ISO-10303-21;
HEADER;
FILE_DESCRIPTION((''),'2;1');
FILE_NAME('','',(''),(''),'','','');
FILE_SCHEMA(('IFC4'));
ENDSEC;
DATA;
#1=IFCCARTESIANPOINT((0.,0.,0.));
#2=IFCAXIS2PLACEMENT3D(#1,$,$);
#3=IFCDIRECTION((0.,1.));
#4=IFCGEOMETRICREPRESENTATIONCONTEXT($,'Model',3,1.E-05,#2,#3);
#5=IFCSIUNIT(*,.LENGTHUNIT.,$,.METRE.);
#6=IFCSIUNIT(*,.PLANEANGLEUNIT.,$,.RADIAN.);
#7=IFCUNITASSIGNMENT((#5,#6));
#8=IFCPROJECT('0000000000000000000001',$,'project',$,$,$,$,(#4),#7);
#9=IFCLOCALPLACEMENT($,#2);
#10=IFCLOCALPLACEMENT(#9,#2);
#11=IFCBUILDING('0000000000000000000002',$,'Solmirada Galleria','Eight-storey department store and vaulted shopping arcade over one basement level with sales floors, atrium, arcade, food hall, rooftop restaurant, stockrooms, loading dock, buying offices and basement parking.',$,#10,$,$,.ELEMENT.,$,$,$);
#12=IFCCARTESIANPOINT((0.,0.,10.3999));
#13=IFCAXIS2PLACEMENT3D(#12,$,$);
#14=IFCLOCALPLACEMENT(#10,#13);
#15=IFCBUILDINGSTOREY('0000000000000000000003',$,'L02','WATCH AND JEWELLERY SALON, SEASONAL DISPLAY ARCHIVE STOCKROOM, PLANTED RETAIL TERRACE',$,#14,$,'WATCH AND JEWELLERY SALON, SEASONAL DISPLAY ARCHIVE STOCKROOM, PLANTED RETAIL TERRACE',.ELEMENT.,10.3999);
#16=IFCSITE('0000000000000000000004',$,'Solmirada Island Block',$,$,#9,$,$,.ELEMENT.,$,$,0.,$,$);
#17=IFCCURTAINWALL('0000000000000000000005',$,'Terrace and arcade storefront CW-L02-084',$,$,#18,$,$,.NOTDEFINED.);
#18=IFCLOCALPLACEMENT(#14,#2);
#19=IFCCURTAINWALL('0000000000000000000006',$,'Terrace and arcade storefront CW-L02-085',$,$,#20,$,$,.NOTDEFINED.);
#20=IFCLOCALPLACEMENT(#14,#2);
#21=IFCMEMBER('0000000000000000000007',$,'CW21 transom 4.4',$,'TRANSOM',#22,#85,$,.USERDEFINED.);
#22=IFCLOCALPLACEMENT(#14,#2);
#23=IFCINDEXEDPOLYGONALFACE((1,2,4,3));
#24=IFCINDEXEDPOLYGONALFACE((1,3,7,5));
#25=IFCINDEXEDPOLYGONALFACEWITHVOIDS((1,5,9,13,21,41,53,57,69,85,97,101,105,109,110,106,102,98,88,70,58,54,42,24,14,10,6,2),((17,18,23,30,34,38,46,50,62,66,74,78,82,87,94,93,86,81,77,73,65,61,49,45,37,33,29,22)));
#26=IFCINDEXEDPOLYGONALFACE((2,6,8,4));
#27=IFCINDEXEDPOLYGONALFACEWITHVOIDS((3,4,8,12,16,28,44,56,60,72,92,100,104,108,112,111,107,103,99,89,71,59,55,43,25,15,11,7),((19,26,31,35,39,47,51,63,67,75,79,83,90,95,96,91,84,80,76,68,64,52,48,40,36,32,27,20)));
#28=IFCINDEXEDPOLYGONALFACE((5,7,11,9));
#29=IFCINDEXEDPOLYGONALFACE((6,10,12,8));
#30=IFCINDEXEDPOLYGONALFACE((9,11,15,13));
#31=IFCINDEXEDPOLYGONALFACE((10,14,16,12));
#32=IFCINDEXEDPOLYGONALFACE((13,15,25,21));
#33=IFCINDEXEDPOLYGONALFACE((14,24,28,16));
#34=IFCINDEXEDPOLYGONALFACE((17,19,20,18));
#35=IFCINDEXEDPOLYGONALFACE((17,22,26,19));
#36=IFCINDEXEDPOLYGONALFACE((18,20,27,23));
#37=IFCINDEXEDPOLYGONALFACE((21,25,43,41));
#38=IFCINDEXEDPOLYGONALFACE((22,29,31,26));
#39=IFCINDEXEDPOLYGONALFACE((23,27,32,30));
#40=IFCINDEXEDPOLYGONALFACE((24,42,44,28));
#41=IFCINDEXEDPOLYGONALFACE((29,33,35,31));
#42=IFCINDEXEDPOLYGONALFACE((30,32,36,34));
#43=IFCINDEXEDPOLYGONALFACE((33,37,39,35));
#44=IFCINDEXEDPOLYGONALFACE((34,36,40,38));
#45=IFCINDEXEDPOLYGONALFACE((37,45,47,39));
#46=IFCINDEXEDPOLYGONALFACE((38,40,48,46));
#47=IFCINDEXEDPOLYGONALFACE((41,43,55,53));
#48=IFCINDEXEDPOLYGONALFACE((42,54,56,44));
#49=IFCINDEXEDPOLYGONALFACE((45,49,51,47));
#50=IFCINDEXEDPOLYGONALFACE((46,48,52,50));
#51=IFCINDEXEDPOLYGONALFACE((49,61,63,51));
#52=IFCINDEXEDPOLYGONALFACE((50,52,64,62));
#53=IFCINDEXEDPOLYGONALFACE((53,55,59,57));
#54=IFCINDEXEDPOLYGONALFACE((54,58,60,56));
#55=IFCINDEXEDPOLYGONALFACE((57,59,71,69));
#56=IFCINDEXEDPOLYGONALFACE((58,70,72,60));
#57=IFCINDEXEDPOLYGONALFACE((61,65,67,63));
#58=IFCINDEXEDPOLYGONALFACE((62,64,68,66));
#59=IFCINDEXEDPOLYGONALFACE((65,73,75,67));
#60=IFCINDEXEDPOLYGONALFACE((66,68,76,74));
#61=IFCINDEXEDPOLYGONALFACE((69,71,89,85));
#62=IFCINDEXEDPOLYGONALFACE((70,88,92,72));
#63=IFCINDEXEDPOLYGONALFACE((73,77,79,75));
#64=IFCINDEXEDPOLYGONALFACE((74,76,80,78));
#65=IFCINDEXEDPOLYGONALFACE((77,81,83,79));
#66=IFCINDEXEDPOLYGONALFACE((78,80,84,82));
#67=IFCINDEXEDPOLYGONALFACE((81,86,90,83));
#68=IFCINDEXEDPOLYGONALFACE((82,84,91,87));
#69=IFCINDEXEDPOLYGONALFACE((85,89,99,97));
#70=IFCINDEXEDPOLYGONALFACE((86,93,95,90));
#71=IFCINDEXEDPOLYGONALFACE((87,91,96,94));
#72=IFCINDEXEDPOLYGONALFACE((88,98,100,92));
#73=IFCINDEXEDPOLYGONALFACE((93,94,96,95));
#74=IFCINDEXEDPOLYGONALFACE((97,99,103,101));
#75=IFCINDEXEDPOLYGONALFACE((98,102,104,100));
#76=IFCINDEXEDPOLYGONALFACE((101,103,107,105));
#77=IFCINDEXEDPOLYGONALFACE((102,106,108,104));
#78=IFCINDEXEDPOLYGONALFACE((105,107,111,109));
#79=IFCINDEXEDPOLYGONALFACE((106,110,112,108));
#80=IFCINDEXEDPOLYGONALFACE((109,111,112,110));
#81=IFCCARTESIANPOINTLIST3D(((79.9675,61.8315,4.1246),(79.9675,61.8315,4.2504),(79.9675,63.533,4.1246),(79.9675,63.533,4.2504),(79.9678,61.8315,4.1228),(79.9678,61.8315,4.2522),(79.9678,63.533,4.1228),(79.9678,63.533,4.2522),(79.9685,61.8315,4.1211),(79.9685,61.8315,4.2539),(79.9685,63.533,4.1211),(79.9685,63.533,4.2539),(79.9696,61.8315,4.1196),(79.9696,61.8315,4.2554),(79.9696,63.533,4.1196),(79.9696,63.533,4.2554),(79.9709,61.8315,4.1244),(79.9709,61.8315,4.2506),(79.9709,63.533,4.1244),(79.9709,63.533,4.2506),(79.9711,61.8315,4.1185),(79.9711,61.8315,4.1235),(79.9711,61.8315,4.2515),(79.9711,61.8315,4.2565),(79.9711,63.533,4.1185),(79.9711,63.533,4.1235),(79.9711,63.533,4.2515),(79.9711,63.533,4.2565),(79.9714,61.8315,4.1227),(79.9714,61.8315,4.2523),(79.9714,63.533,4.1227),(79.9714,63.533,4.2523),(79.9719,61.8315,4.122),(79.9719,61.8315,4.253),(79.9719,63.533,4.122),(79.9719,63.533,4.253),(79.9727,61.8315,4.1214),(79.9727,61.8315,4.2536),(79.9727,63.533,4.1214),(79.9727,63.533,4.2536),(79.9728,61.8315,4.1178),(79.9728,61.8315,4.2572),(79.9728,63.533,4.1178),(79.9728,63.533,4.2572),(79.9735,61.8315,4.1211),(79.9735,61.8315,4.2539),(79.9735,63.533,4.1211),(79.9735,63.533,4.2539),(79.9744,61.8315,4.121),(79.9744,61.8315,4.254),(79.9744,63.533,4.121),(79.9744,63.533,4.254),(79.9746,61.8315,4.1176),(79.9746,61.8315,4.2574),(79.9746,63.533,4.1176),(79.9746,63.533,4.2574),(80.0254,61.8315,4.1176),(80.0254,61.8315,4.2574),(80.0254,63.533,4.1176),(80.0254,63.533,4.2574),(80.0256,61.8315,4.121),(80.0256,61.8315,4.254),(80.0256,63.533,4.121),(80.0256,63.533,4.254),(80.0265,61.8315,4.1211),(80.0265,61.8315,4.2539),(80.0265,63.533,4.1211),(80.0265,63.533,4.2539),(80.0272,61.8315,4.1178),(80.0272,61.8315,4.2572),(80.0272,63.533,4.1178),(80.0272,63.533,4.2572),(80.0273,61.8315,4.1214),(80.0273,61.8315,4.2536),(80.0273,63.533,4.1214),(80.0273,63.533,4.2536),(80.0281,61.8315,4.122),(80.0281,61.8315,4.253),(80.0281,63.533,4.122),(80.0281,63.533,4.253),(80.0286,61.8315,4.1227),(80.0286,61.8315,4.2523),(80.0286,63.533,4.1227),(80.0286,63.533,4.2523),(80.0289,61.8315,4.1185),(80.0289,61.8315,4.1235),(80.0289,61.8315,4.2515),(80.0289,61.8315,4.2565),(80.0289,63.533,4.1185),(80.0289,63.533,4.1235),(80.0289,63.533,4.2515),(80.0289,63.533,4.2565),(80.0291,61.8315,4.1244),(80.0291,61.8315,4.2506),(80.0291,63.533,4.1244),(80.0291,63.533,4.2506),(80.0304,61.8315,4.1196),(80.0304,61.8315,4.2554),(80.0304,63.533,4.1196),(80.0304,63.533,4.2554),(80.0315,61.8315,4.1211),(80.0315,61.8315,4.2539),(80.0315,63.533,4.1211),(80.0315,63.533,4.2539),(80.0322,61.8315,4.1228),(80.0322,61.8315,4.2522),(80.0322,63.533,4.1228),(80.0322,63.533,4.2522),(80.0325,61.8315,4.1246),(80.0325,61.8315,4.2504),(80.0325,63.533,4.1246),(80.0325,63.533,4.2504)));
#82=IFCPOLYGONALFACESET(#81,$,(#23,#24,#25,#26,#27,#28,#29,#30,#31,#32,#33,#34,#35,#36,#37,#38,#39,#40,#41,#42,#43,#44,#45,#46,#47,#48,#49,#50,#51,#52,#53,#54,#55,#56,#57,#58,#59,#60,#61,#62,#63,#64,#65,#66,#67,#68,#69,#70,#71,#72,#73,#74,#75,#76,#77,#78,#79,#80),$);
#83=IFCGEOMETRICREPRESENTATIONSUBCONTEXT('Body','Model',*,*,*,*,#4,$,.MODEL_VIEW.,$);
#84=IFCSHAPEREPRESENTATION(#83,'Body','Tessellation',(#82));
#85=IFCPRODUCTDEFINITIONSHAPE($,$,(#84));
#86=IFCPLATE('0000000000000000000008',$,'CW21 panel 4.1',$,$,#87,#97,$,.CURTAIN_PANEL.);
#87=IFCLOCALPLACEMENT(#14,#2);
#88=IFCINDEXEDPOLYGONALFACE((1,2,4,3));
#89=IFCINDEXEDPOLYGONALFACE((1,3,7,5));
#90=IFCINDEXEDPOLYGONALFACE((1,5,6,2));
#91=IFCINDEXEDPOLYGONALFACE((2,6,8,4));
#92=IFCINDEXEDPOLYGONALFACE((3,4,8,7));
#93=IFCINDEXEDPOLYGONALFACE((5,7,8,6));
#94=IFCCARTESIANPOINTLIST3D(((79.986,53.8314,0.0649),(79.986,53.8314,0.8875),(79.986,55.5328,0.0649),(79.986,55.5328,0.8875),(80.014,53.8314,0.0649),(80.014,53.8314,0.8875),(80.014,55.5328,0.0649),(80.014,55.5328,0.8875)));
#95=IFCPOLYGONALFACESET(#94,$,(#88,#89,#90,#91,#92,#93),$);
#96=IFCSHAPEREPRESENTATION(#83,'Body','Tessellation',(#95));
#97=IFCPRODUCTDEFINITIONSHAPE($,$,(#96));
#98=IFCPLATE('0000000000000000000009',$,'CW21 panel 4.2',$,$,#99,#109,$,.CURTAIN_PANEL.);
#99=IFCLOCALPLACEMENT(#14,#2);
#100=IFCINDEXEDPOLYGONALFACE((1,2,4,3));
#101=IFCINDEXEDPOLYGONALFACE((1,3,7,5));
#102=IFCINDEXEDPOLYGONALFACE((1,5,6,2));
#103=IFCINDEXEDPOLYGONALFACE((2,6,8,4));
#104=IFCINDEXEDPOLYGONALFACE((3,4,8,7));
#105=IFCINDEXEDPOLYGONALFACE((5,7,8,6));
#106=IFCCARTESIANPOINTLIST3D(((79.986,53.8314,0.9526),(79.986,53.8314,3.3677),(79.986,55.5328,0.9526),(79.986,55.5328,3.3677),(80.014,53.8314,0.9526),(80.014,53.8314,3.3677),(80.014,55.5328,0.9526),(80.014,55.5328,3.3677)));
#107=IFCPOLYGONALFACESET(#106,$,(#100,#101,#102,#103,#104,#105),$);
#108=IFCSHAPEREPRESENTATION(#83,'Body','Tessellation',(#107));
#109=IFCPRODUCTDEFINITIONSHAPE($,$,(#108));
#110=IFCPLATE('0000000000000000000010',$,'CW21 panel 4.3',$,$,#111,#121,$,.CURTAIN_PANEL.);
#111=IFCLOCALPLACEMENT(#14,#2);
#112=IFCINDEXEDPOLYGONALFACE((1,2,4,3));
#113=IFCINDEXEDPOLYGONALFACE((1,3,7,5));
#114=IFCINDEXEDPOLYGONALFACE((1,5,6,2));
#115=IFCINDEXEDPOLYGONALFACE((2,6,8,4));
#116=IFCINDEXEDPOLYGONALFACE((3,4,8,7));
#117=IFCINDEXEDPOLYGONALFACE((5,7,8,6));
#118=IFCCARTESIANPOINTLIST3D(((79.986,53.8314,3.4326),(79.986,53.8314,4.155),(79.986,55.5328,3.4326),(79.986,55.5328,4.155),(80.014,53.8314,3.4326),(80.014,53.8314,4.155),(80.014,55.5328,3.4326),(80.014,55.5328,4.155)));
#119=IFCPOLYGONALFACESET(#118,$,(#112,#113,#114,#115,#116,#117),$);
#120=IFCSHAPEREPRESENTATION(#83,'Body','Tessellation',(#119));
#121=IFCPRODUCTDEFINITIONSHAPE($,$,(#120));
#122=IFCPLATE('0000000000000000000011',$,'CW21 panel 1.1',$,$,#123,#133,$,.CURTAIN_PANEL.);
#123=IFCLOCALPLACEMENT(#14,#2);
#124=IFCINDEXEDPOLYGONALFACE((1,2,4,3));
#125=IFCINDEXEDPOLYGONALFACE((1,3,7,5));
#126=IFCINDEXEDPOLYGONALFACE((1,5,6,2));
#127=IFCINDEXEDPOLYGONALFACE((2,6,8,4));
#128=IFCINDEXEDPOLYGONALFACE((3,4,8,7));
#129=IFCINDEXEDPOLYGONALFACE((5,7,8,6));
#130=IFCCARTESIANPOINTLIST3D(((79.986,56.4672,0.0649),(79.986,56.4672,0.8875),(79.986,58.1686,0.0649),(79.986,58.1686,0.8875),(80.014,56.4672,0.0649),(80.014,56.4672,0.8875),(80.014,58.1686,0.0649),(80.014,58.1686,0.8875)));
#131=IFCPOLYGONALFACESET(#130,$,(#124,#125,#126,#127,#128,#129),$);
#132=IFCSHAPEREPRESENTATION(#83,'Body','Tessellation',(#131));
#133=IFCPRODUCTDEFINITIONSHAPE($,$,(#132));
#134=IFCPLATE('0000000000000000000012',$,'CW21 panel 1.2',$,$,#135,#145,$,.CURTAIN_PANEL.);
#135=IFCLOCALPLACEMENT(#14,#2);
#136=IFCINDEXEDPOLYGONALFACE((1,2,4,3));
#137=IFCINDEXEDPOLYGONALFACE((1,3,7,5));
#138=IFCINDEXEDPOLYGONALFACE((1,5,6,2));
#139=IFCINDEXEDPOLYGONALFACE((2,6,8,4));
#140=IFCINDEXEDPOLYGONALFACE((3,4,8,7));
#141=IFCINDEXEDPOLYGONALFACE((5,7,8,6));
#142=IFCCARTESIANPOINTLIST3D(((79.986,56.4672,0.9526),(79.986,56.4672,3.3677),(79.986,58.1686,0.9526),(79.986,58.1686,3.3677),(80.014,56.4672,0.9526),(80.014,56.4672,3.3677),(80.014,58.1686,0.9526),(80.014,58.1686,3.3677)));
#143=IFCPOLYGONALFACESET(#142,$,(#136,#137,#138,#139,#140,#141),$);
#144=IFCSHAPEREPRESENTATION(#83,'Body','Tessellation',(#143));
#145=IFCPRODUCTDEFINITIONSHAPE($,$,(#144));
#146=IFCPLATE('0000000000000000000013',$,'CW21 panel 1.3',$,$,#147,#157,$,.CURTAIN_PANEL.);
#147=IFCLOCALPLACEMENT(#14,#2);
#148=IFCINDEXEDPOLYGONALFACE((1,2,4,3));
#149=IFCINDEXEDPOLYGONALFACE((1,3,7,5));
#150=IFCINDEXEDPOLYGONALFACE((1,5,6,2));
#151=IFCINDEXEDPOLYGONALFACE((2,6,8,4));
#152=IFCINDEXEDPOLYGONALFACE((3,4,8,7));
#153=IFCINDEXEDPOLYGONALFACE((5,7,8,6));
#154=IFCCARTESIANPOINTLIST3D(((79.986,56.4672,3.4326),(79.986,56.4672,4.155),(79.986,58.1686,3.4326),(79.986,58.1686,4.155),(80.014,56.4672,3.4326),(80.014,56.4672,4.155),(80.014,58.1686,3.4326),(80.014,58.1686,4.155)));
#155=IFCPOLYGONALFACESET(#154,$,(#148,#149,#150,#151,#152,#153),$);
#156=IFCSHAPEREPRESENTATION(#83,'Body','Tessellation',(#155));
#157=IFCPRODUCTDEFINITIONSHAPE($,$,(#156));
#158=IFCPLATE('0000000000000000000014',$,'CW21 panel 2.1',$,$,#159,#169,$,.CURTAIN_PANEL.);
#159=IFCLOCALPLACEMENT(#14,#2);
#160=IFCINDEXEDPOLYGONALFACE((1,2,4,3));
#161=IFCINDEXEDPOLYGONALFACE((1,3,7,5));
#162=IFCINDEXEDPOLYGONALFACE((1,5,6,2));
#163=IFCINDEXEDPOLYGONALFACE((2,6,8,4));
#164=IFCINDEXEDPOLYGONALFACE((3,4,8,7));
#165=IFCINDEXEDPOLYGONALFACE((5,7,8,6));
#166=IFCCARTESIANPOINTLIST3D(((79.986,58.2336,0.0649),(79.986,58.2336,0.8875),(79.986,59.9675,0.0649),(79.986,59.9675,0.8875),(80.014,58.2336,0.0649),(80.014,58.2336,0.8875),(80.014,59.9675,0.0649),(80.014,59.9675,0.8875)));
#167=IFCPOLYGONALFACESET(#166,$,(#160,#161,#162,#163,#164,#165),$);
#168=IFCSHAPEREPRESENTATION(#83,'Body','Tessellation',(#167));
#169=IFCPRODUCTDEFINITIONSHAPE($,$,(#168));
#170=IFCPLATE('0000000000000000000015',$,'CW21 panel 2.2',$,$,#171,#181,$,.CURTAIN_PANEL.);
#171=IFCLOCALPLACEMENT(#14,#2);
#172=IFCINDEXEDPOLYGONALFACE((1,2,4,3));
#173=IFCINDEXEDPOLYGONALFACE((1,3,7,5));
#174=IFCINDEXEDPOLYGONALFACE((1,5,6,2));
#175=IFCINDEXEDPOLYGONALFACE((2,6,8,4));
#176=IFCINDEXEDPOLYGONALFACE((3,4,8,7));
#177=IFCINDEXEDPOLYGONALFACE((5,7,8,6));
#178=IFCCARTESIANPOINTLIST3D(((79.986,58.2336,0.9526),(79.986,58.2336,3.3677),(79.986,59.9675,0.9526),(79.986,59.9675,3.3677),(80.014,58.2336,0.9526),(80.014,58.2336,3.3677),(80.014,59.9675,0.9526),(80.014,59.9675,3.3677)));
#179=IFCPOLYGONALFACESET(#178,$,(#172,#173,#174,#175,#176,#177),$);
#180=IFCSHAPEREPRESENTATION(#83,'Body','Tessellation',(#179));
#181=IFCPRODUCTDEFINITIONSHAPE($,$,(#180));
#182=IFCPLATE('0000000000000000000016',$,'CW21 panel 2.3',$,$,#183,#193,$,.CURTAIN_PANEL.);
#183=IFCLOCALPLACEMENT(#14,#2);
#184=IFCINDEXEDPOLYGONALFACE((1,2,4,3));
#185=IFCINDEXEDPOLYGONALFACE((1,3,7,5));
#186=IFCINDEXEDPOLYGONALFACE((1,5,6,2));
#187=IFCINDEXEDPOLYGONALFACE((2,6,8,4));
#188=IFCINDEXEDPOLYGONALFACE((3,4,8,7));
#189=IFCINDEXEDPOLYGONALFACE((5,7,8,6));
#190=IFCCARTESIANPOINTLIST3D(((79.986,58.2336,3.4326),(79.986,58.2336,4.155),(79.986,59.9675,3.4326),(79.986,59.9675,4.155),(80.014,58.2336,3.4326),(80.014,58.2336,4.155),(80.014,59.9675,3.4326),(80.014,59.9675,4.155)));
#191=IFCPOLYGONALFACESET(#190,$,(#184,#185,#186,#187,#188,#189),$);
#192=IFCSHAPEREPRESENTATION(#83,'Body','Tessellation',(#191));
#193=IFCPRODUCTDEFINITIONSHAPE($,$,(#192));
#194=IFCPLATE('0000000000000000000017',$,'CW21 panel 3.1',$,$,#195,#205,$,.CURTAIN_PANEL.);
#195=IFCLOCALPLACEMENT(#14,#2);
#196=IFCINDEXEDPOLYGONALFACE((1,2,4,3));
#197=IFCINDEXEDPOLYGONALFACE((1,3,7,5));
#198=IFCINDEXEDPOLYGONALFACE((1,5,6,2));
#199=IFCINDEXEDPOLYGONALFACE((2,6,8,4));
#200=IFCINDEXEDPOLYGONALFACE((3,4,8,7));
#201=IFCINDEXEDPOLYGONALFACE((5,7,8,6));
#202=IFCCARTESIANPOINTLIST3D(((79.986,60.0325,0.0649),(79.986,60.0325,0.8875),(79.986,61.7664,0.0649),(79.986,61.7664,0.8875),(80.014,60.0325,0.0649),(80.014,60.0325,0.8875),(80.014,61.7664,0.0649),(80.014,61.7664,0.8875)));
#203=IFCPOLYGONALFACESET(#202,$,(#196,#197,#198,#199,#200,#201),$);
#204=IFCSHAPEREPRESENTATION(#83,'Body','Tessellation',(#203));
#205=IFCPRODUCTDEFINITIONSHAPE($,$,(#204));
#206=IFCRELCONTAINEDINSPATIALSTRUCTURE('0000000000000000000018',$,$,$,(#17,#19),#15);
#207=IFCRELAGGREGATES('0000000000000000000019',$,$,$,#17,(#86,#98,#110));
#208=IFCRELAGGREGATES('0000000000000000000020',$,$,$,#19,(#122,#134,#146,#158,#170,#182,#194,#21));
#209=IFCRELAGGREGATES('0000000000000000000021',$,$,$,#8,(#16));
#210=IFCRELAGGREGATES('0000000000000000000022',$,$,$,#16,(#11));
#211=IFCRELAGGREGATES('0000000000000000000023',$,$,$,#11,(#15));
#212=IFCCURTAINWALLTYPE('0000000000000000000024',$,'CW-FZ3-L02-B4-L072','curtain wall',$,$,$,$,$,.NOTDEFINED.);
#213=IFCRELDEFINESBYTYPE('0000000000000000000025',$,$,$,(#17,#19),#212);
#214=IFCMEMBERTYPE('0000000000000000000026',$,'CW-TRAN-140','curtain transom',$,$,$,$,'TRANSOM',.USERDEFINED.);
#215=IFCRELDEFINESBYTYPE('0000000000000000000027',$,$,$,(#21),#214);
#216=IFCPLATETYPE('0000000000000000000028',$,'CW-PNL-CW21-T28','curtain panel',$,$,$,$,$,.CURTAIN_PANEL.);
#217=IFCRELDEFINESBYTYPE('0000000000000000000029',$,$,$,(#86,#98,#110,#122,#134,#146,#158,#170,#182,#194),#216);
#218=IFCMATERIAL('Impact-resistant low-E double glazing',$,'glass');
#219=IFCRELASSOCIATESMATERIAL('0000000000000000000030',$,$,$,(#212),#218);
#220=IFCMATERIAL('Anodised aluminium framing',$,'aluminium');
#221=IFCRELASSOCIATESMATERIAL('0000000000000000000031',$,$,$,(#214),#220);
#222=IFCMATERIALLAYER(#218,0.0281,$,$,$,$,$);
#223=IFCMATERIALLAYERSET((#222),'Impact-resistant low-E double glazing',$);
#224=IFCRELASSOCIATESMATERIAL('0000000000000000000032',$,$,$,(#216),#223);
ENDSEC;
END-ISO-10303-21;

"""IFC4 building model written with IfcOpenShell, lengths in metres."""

from ifc_helpers import new_model, si_unit, direction, frame, origin, origin_2d, place, context, subcontext, project, spatial, rectangle, hollow_rectangle, extrude, material, layer, layer_set, material_profile, profile_set, type_object, element, aggregate, save


model = new_model("IFC4")

# Units and contexts
model_context = context("Model", 3, precision=1e-05, world=origin(), true_north=direction((0.0, 1.0)))
body_context = subcontext(model_context, "Body", "Model", "MODEL_VIEW")
ifc_project = project(units=[si_unit("LENGTHUNIT", "METRE"), si_unit("PLANEANGLEUNIT", "RADIAN")], contexts=[model_context])

# Site, building, storey
site_placement = place(None, origin())
site = spatial("IfcSite", under=ifc_project, at=site_placement, Name="Solmirada Island Block", CompositionType="ELEMENT", RefElevation=0.0)
building_placement = place(site_placement, origin())
building = spatial("IfcBuilding", under=site, at=building_placement, Name="Solmirada Galleria", Description="Eight-storey department store and vaulted shopping arcade over one basement level with sales floors, atrium, arcade, food hall, rooftop restaurant, stockrooms, loading dock, buying offices and basement parking.", CompositionType="ELEMENT")
storey_placement = place(building_placement, frame((0.0, 0.0, 10.3999)))
storey = spatial("IfcBuildingStorey", under=building, at=storey_placement, Name="L02", Description="WATCH AND JEWELLERY SALON, SEASONAL DISPLAY ARCHIVE STOCKROOM, PLANTED RETAIL TERRACE", LongName="WATCH AND JEWELLERY SALON, SEASONAL DISPLAY ARCHIVE STOCKROOM, PLANTED RETAIL TERRACE", CompositionType="ELEMENT", Elevation=10.3999)

# Curtain wall
ifc_material_1 = material(Name="Impact-resistant low-E double glazing", Category="glass")
curtain_wall_type = type_object("IfcCurtainWallType", Name="CW-FZ3-L02-B4-L072", Description="curtain wall", PredefinedType="NOTDEFINED", material=ifc_material_1)
curtain_wall_1_placement = place(storey_placement, origin())
curtain_wall_1 = element("IfcCurtainWall", 1, at=curtain_wall_1_placement, inside=storey, type_object=curtain_wall_type, Name="Terrace and arcade storefront CW-L02-084", PredefinedType="NOTDEFINED")
ifc_material_2 = material(Name="Anodised aluminium framing", Category="aluminium")

# Curtain wall
curtain_wall_2_placement = place(storey_placement, origin())
curtain_wall_2 = element("IfcCurtainWall", 2, at=curtain_wall_2_placement, inside=storey, type_object=curtain_wall_type, Name="Terrace and arcade storefront CW-L02-085", PredefinedType="NOTDEFINED")

# Member
ifc_material_profile_1 = material_profile(ifc_material_2, hollow_rectangle(XDim=0.0649, YDim=0.1399, WallThickness=0.0034, InnerFilletRadius=0.0034, OuterFilletRadius=0.0071, at=origin_2d()), Name="ALU-TRAN-140X65")
ifc_profile_set_1 = profile_set([ifc_material_profile_1], Name="Anodised aluminium framing")
member_type_1 = type_object("IfcMemberType", Name="CW-TRAN-140", Description="curtain transom", ElementType="TRANSOM", PredefinedType="USERDEFINED", material=ifc_profile_set_1)
member_1_placement = place(storey_placement, frame((80.0, 61.8315, 4.1875), z_axis=(0.0, 1.0, 0.0), x_axis=(-1.0, 0.0, 0.0)))
member_1 = element("IfcMember", 3, at=member_1_placement, type_object=member_type_1, Name="CW21 transom 4.4", ObjectType="TRANSOM", PredefinedType="USERDEFINED", context=body_context, shape_type="SweptSolid", body=[
    extrude(hollow_rectangle(XDim=0.0649, YDim=0.1399, WallThickness=0.0034, InnerFilletRadius=0.0034, OuterFilletRadius=0.0071, at=origin_2d()), origin(), (0.0, 0.0, 1.0), 1.7014),
])

# Plates
ifc_layer = layer(ifc_material_1, 0.0281)
ifc_layer_set = layer_set([ifc_layer], Name="Impact-resistant low-E double glazing")
plate_type = type_object("IfcPlateType", Name="CW-PNL-CW21-T28", Description="curtain panel", PredefinedType="CURTAIN_PANEL", material=ifc_layer_set)
plate_1_placement = place(storey_placement, frame((80.0, 54.6821, 0.0649), z_axis=(0.0, 0.0, 1.0), x_axis=(0.0, 1.0, 0.0)))
plate_1 = element("IfcPlate", 4, at=plate_1_placement, type_object=plate_type, Name="CW21 panel 4.1", PredefinedType="CURTAIN_PANEL", context=body_context, shape_type="SweptSolid", body=[
    extrude(rectangle(XDim=1.7014, YDim=0.0281, at=origin_2d()), origin(), (0.0, 0.0, 1.0), 0.8225),
])
plate_2_placement = place(storey_placement, frame((80.0, 54.6821, 0.9526), z_axis=(0.0, 0.0, 1.0), x_axis=(0.0, 1.0, 0.0)))
plate_2 = element("IfcPlate", 5, at=plate_2_placement, type_object=plate_type, Name="CW21 panel 4.2", PredefinedType="CURTAIN_PANEL", context=body_context, shape_type="SweptSolid", body=[
    extrude(rectangle(XDim=1.7014, YDim=0.0281, at=origin_2d()), origin(), (0.0, 0.0, 1.0), 2.415),
])
plate_3_placement = place(storey_placement, frame((80.0, 54.6821, 3.4326), z_axis=(0.0, 0.0, 1.0), x_axis=(0.0, 1.0, 0.0)))
plate_3 = element("IfcPlate", 6, at=plate_3_placement, type_object=plate_type, Name="CW21 panel 4.3", PredefinedType="CURTAIN_PANEL", context=body_context, shape_type="SweptSolid", body=[
    extrude(rectangle(XDim=1.7014, YDim=0.0281, at=origin_2d()), origin(), (0.0, 0.0, 1.0), 0.7224),
])
aggregate(curtain_wall_1, [plate_1, plate_2, plate_3])
plate_4_placement = place(storey_placement, frame((80.0, 57.3179, 0.0649), z_axis=(0.0, 0.0, 1.0), x_axis=(0.0, 1.0, 0.0)))
plate_4 = element("IfcPlate", 7, at=plate_4_placement, type_object=plate_type, Name="CW21 panel 1.1", PredefinedType="CURTAIN_PANEL", context=body_context, shape_type="SweptSolid", body=[
    extrude(rectangle(XDim=1.7014, YDim=0.0281, at=origin_2d()), origin(), (0.0, 0.0, 1.0), 0.8225),
])
plate_5_placement = place(storey_placement, frame((80.0, 57.3179, 0.9526), z_axis=(0.0, 0.0, 1.0), x_axis=(0.0, 1.0, 0.0)))
plate_5 = element("IfcPlate", 8, at=plate_5_placement, type_object=plate_type, Name="CW21 panel 1.2", PredefinedType="CURTAIN_PANEL", context=body_context, shape_type="SweptSolid", body=[
    extrude(rectangle(XDim=1.7014, YDim=0.0281, at=origin_2d()), origin(), (0.0, 0.0, 1.0), 2.415),
])
plate_6_placement = place(storey_placement, frame((80.0, 57.3179, 3.4326), z_axis=(0.0, 0.0, 1.0), x_axis=(0.0, 1.0, 0.0)))
plate_6 = element("IfcPlate", 9, at=plate_6_placement, type_object=plate_type, Name="CW21 panel 1.3", PredefinedType="CURTAIN_PANEL", context=body_context, shape_type="SweptSolid", body=[
    extrude(rectangle(XDim=1.7014, YDim=0.0281, at=origin_2d()), origin(), (0.0, 0.0, 1.0), 0.7224),
])
plate_7_placement = place(storey_placement, frame((80.0, 59.1006, 0.0649), z_axis=(0.0, 0.0, 1.0), x_axis=(0.0, 1.0, 0.0)))
plate_7 = element("IfcPlate", 10, at=plate_7_placement, type_object=plate_type, Name="CW21 panel 2.1", PredefinedType="CURTAIN_PANEL", context=body_context, shape_type="SweptSolid", body=[
    extrude(rectangle(XDim=1.7339, YDim=0.0281, at=origin_2d()), origin(), (0.0, 0.0, 1.0), 0.8225),
])
plate_8_placement = place(storey_placement, frame((80.0, 59.1006, 0.9526), z_axis=(0.0, 0.0, 1.0), x_axis=(0.0, 1.0, 0.0)))
plate_8 = element("IfcPlate", 11, at=plate_8_placement, type_object=plate_type, Name="CW21 panel 2.2", PredefinedType="CURTAIN_PANEL", context=body_context, shape_type="SweptSolid", body=[
    extrude(rectangle(XDim=1.7339, YDim=0.0281, at=origin_2d()), origin(), (0.0, 0.0, 1.0), 2.415),
])
plate_9_placement = place(storey_placement, frame((80.0, 59.1006, 3.4326), z_axis=(0.0, 0.0, 1.0), x_axis=(0.0, 1.0, 0.0)))
plate_9 = element("IfcPlate", 12, at=plate_9_placement, type_object=plate_type, Name="CW21 panel 2.3", PredefinedType="CURTAIN_PANEL", context=body_context, shape_type="SweptSolid", body=[
    extrude(rectangle(XDim=1.7339, YDim=0.0281, at=origin_2d()), origin(), (0.0, 0.0, 1.0), 0.7224),
])
plate_10_placement = place(storey_placement, frame((80.0, 60.8994, 0.0649), z_axis=(0.0, 0.0, 1.0), x_axis=(0.0, 1.0, 0.0)))
plate_10 = element("IfcPlate", 13, at=plate_10_placement, type_object=plate_type, Name="CW21 panel 3.1", PredefinedType="CURTAIN_PANEL", context=body_context, shape_type="SweptSolid", body=[
    extrude(rectangle(XDim=1.7339, YDim=0.0281, at=origin_2d()), origin(), (0.0, 0.0, 1.0), 0.8225),
])
aggregate(curtain_wall_2, [plate_4, plate_5, plate_6, plate_7, plate_8, plate_9, plate_10, member_1])

save(model, "model.ifc")
